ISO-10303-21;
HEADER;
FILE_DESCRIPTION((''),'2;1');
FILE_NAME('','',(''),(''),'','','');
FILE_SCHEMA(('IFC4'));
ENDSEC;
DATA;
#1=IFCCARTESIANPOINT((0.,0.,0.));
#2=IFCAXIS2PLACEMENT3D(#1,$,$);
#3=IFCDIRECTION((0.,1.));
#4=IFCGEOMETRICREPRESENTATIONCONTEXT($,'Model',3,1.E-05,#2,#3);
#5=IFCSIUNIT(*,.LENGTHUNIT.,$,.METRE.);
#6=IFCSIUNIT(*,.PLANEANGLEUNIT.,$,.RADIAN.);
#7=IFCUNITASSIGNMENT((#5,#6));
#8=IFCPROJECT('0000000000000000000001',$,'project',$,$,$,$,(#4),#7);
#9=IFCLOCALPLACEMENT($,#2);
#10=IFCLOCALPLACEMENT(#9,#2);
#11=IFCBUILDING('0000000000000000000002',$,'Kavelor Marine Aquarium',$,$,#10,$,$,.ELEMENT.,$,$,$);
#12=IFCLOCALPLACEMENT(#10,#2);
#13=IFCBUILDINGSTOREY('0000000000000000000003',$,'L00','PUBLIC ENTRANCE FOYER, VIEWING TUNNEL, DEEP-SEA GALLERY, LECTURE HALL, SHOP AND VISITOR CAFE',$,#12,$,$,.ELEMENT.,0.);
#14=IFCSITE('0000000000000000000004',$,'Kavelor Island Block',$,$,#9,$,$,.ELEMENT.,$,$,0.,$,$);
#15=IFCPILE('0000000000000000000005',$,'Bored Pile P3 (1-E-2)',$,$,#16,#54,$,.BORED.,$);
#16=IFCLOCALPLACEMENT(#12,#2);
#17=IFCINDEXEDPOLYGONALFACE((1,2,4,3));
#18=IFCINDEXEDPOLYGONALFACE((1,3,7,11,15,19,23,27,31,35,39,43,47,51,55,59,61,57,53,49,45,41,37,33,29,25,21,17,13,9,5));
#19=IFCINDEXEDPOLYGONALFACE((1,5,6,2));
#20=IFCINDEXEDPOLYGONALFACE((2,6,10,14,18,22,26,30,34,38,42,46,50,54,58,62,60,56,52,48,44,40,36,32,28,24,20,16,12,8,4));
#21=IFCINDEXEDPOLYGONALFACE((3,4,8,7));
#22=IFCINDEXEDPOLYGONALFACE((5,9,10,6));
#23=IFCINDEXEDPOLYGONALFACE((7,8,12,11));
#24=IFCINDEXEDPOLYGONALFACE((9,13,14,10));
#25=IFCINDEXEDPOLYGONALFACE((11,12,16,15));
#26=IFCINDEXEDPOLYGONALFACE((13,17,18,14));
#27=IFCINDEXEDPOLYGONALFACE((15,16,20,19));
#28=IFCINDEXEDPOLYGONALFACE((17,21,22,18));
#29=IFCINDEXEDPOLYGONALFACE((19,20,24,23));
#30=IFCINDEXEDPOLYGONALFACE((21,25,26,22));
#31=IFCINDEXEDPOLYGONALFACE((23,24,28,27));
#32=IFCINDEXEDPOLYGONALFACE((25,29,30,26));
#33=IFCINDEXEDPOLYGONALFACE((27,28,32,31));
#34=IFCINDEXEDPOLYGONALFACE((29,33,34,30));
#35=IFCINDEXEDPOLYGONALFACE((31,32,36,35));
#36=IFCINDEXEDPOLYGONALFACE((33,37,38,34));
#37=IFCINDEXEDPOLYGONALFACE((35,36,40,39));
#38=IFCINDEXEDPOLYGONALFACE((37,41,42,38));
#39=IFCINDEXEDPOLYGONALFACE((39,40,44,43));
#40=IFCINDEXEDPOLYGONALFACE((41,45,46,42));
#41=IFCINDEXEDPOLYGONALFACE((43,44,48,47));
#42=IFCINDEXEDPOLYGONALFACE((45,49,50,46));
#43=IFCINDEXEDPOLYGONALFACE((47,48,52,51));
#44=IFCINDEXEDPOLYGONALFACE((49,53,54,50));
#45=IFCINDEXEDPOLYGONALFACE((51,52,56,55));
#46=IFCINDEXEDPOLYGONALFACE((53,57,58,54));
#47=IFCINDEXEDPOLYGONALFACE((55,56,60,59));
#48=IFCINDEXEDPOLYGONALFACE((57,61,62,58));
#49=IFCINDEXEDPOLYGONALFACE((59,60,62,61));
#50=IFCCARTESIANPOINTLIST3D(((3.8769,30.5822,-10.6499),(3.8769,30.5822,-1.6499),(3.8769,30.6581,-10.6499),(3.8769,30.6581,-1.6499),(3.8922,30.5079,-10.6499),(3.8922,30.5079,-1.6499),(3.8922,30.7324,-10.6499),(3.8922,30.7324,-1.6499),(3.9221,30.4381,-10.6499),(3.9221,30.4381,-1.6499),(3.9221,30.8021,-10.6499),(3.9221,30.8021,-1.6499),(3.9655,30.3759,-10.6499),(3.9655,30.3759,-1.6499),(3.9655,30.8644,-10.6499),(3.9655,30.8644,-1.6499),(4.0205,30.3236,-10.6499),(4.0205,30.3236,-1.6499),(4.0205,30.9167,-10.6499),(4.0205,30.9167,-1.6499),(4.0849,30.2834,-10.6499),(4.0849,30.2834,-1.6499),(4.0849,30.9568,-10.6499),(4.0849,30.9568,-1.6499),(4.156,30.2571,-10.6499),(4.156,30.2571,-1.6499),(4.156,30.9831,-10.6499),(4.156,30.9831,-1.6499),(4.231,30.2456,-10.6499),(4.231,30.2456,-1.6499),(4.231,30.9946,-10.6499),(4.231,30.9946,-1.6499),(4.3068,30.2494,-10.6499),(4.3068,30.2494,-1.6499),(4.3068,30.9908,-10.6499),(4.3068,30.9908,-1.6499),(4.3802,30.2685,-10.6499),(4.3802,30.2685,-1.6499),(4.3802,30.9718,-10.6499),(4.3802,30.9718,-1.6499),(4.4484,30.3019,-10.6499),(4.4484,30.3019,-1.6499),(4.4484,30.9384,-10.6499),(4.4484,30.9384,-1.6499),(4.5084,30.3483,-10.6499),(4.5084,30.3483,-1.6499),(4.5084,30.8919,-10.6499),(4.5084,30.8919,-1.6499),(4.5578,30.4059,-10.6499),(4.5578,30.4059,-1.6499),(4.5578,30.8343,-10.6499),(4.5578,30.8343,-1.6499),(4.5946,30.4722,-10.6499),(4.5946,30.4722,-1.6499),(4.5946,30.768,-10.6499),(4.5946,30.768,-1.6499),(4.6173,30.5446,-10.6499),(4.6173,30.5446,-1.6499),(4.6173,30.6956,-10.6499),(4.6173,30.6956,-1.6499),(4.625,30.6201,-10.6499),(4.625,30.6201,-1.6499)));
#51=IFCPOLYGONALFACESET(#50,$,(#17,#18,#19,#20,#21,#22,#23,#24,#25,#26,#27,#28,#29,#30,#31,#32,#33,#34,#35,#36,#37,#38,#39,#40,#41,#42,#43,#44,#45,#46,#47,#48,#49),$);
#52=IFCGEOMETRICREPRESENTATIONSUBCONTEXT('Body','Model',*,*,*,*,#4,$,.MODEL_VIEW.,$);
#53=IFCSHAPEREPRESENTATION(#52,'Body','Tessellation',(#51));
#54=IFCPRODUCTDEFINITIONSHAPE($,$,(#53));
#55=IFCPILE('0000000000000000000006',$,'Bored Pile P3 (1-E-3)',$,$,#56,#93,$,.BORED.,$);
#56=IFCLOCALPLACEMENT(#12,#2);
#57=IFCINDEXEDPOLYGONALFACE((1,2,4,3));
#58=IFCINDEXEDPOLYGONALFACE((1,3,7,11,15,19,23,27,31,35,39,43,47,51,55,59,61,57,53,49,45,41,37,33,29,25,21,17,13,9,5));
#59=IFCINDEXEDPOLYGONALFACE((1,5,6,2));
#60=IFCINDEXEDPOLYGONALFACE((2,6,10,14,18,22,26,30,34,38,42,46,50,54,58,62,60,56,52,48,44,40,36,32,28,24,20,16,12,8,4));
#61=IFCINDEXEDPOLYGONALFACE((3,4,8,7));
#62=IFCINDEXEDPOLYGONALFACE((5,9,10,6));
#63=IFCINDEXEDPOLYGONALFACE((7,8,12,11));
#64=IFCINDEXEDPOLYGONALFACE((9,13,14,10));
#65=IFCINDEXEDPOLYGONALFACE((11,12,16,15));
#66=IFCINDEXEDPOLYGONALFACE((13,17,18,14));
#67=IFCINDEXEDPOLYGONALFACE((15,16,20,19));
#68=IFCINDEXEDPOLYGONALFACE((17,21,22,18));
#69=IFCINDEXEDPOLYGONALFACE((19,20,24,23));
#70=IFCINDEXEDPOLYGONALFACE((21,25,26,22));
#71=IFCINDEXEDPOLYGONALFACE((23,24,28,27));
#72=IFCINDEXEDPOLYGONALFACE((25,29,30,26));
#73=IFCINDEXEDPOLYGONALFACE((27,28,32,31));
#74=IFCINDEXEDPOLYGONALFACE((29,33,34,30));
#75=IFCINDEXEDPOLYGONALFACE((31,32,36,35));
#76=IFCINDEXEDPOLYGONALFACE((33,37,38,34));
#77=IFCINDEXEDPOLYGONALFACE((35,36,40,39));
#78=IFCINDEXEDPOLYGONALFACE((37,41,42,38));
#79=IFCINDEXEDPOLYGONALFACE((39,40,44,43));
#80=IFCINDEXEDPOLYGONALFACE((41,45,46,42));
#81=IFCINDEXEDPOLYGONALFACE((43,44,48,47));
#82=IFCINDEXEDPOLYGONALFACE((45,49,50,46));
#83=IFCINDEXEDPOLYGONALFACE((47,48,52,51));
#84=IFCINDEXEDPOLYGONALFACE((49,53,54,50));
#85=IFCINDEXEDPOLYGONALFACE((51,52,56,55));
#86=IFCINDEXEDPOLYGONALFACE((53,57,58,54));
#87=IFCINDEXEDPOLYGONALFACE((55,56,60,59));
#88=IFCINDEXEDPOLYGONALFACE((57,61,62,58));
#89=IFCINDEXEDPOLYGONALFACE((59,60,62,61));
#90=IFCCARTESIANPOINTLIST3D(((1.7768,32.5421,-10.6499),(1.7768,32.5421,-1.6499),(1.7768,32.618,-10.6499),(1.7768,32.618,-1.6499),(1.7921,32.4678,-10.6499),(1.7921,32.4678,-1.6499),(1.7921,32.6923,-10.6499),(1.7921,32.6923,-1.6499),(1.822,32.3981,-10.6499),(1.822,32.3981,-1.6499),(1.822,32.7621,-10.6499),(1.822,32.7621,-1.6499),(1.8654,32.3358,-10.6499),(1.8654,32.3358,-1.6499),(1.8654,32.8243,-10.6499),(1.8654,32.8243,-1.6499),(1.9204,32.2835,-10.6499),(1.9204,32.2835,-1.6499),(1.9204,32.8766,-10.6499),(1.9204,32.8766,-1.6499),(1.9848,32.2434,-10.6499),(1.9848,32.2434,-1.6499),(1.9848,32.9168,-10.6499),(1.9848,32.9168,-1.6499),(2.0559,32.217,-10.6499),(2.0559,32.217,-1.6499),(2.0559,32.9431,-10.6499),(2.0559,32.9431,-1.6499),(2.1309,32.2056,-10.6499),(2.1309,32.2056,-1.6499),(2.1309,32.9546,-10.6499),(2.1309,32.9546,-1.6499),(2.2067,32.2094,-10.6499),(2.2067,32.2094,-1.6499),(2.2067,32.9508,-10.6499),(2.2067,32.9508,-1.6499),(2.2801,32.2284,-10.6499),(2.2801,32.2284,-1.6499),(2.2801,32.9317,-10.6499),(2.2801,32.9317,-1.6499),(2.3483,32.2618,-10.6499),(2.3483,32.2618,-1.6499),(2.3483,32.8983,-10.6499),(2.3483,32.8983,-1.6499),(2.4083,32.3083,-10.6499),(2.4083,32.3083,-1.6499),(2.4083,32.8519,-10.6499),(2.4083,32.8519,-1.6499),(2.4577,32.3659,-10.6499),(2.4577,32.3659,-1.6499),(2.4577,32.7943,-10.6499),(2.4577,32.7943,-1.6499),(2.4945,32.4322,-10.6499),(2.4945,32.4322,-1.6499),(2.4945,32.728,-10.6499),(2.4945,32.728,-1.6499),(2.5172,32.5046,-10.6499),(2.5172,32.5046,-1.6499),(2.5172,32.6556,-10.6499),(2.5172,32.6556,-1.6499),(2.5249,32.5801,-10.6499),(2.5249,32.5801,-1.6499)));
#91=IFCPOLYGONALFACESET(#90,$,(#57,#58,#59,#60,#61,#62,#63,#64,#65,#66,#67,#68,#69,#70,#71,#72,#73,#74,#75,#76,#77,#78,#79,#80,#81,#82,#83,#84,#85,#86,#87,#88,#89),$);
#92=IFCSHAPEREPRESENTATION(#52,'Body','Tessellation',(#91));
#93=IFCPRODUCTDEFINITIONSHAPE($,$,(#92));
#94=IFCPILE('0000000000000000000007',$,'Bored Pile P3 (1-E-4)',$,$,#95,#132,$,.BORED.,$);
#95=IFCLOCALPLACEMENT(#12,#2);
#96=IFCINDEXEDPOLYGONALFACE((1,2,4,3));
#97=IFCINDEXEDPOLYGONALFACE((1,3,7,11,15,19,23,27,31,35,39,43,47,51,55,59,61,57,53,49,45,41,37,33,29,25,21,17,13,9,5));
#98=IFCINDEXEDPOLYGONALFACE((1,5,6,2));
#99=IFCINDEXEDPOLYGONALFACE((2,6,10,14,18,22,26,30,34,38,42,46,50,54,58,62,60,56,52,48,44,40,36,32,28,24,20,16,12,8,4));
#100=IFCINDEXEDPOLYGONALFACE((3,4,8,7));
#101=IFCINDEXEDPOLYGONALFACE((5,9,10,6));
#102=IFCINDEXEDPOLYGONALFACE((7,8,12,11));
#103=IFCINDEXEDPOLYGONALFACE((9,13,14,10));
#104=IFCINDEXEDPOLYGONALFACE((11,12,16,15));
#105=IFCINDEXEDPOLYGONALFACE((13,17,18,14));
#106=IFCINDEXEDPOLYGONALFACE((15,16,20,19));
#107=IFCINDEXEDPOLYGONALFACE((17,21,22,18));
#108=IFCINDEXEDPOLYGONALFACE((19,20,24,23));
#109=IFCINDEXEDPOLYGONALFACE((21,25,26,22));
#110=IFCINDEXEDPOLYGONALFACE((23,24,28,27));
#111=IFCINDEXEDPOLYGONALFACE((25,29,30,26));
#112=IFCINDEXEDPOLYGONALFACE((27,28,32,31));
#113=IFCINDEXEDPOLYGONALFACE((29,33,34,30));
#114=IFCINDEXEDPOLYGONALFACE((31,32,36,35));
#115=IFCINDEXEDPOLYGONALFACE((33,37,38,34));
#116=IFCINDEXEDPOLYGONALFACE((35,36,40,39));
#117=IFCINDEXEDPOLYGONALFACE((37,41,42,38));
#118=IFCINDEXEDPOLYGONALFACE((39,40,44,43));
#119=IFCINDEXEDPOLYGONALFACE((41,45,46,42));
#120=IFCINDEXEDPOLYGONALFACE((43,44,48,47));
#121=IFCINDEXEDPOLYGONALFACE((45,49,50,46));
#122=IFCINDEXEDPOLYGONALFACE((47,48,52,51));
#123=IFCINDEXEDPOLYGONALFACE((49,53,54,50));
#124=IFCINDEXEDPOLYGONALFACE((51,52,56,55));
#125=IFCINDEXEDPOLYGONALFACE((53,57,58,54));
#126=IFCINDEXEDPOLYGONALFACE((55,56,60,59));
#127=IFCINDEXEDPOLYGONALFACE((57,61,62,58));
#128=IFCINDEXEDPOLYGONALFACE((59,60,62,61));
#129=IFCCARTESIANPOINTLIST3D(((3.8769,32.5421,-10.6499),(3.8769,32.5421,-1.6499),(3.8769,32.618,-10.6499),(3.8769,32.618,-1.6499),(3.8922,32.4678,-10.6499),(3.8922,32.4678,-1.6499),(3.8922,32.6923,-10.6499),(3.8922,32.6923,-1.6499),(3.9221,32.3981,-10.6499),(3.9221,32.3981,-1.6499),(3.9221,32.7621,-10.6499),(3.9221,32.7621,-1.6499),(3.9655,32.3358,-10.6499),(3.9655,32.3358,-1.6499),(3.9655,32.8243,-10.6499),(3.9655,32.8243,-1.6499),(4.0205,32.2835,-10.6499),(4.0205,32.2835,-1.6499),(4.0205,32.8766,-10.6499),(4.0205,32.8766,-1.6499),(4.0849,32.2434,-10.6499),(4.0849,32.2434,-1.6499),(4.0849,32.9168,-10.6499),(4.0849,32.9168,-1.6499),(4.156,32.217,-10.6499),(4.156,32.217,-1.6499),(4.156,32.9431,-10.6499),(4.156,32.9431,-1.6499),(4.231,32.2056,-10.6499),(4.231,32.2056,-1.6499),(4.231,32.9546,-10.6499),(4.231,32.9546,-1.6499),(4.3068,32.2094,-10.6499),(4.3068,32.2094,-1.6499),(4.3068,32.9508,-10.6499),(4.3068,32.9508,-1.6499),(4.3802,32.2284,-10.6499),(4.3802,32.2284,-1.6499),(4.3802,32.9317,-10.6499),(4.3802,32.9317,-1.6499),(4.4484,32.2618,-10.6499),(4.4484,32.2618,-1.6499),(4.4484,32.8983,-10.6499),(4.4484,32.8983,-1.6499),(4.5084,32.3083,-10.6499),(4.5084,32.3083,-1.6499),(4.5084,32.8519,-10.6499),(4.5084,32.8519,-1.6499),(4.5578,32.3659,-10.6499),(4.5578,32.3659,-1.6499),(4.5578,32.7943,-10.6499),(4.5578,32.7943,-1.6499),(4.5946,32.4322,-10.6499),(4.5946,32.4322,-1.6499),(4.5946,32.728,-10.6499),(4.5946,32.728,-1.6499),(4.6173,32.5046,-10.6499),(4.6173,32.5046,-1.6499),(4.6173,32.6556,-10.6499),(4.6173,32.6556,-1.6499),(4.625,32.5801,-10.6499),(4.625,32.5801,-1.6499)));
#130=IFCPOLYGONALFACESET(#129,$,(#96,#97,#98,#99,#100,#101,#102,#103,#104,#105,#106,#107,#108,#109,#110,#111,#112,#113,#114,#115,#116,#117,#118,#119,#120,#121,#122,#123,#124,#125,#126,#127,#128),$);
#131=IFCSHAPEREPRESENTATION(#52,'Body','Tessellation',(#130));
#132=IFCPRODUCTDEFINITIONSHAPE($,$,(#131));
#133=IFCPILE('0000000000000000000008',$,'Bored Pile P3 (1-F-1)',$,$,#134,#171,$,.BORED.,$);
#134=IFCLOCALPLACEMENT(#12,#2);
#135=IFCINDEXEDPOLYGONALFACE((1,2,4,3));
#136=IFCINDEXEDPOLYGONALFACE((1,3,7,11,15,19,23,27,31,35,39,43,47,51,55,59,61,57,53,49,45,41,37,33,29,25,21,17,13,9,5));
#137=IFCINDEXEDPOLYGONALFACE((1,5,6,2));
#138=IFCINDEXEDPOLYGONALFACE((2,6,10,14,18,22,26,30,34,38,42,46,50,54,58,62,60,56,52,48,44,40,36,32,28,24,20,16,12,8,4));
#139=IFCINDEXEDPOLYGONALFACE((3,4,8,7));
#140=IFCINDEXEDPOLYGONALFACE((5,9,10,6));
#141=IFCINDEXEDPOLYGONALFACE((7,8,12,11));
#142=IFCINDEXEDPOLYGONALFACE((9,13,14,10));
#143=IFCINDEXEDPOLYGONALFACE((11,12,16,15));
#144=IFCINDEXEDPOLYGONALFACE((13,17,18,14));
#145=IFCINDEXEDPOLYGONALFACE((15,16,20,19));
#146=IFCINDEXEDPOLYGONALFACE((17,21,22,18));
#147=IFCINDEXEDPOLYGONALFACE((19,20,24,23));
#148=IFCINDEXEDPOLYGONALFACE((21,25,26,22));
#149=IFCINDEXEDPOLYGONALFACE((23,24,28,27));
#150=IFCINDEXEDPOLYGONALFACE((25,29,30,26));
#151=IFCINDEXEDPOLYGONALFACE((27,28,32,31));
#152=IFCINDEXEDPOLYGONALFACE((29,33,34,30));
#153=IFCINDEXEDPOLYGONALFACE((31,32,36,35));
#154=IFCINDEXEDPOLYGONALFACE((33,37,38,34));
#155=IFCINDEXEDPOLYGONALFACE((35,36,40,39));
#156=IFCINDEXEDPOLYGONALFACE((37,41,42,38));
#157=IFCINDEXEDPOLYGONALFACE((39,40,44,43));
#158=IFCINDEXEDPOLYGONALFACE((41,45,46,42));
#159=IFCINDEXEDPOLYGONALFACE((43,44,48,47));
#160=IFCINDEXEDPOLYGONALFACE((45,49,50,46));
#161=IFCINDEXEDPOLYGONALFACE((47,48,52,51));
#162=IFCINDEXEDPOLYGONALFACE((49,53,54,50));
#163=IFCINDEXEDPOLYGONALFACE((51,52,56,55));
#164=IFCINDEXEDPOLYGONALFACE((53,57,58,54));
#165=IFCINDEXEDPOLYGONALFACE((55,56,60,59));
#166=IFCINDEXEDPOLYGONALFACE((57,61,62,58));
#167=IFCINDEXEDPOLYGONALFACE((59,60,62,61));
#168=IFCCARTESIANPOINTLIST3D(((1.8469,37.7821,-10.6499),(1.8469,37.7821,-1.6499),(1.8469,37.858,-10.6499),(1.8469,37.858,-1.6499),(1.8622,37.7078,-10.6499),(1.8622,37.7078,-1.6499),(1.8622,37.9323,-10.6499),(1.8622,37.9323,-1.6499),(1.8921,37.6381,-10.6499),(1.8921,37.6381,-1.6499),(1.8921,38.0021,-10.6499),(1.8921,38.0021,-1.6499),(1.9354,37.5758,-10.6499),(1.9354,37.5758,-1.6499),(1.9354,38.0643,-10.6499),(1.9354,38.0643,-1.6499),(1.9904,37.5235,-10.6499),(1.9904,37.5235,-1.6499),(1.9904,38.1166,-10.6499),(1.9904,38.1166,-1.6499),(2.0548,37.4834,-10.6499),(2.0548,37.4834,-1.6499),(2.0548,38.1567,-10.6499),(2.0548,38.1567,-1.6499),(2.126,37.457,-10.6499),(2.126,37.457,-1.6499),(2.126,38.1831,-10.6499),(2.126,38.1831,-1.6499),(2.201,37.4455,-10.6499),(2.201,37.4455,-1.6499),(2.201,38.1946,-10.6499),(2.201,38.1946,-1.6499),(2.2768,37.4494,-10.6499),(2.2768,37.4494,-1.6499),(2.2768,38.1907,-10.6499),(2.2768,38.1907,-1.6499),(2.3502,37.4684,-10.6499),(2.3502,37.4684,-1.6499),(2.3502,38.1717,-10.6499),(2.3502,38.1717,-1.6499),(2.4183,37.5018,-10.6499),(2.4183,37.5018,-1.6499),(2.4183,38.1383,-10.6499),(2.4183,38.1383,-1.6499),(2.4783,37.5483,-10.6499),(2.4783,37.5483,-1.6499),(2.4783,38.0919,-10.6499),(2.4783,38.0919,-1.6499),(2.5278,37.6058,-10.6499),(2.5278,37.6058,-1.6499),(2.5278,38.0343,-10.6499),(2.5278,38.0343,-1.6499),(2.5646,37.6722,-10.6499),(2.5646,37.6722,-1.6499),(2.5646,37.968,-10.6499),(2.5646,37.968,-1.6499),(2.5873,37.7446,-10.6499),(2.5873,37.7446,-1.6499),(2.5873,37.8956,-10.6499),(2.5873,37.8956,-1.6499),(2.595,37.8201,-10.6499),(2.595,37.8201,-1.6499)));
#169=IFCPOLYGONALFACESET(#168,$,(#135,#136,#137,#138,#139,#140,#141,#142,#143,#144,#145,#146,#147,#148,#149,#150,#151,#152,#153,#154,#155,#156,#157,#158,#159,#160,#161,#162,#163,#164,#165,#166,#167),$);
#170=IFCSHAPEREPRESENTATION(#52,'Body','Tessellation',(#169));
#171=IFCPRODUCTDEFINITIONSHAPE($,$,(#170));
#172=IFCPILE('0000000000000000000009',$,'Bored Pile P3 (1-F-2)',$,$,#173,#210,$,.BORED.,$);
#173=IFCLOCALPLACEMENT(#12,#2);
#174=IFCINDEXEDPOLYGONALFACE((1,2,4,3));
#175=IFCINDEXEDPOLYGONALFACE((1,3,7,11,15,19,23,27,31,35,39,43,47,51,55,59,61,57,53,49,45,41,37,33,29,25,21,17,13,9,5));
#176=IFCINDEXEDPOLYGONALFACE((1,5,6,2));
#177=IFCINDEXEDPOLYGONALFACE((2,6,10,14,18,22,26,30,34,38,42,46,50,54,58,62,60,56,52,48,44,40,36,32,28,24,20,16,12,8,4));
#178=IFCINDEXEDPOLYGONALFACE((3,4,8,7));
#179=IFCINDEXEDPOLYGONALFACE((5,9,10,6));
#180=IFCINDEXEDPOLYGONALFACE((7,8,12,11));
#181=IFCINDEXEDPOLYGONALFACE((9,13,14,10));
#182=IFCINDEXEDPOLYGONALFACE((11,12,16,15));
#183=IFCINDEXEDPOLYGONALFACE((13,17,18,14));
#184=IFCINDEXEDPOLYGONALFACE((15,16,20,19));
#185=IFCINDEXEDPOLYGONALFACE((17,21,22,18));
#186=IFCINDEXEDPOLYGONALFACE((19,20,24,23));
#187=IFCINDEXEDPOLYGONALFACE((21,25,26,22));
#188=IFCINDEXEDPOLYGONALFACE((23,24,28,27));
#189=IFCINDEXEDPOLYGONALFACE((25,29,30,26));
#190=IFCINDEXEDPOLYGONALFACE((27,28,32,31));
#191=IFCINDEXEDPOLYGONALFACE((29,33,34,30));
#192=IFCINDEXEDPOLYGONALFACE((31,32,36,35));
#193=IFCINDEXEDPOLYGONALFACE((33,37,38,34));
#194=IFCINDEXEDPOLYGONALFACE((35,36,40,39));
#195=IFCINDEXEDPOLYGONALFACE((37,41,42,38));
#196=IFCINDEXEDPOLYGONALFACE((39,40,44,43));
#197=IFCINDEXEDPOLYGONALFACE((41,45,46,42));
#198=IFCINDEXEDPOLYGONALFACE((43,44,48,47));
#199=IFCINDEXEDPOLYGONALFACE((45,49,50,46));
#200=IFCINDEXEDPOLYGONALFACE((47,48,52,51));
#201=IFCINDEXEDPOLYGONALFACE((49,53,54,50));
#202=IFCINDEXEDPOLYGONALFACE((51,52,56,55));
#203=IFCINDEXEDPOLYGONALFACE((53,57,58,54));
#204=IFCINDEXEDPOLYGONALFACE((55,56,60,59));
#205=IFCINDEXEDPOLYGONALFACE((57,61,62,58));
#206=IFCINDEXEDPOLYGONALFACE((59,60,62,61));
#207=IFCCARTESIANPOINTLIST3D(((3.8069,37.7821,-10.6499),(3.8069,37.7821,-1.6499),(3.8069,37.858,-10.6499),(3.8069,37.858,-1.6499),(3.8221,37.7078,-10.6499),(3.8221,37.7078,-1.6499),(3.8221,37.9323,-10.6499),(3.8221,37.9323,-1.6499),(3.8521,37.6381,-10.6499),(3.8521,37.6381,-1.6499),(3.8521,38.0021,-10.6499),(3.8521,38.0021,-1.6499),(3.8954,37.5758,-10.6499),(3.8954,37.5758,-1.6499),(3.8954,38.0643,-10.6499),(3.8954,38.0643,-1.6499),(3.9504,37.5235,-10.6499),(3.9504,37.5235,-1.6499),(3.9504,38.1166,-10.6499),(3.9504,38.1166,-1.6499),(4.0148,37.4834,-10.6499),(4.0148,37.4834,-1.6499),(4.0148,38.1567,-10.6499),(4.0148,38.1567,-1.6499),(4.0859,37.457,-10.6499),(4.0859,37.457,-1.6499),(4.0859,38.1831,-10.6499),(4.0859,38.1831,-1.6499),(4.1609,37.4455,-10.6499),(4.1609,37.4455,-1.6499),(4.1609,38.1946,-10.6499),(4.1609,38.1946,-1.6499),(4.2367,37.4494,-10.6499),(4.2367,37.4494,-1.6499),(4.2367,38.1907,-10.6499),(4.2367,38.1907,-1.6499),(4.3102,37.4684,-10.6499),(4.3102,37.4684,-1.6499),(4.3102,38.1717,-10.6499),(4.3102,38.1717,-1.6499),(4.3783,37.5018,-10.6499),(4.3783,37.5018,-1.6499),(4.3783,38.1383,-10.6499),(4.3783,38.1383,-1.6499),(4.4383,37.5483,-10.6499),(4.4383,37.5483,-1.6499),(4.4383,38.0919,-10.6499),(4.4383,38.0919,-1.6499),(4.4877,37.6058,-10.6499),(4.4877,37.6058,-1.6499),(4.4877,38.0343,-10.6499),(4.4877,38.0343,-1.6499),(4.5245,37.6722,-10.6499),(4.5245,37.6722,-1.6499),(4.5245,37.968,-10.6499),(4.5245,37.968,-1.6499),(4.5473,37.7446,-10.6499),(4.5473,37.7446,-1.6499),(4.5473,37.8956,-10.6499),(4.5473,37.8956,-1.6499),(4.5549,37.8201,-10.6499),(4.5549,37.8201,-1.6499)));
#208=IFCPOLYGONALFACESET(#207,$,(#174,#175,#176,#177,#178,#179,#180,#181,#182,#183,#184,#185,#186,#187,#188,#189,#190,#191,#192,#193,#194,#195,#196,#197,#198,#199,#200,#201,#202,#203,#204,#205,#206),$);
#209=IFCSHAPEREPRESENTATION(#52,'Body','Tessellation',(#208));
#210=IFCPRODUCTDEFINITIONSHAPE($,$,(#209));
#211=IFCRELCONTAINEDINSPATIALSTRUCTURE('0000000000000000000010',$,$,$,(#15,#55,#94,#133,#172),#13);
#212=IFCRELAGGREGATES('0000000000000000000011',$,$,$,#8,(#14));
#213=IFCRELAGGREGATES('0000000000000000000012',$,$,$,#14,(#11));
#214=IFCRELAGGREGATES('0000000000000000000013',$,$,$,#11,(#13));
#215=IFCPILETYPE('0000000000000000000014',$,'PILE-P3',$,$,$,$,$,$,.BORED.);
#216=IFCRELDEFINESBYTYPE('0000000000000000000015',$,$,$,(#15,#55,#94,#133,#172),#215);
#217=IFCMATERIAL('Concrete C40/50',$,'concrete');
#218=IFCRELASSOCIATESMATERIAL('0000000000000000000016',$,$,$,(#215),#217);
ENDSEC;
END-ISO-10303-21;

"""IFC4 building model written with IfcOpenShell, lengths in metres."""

from ifc_helpers import new_model, si_unit, direction, frame, origin, origin_2d, place, context, subcontext, project, spatial, circle, extrude, material, material_profile, profile_set, type_object, element, save


model = new_model("IFC4")

# Units and contexts
model_context = context("Model", 3, precision=1e-05, world=origin(), true_north=direction((0.0, 1.0)))
body_context = subcontext(model_context, "Body", "Model", "MODEL_VIEW")
ifc_project = project(units=[si_unit("LENGTHUNIT", "METRE"), si_unit("PLANEANGLEUNIT", "RADIAN")], contexts=[model_context])

# Site, building, storey
site_placement = place(None, origin())
site = spatial("IfcSite", under=ifc_project, at=site_placement, Name="Kavelor Island Block", CompositionType="ELEMENT", RefElevation=0.0)
building_placement = place(site_placement, origin())
building = spatial("IfcBuilding", under=site, at=building_placement, Name="Kavelor Marine Aquarium", CompositionType="ELEMENT")
storey_placement = place(building_placement, origin())
storey = spatial("IfcBuildingStorey", under=building, at=storey_placement, Name="L00", Description="PUBLIC ENTRANCE FOYER, VIEWING TUNNEL, DEEP-SEA GALLERY, LECTURE HALL, SHOP AND VISITOR CAFE", CompositionType="ELEMENT", Elevation=0.0)

# Piles
ifc_material_1 = material(Name="Concrete C40/50", Category="concrete")
ifc_material_profile_1 = material_profile(ifc_material_1, circle(Radius=0.375, at=origin_2d()), Name="PILE D750")
ifc_profile_set_1 = profile_set([ifc_material_profile_1], Name="Concrete C40/50")
pile_type_1 = type_object("IfcPileType", Name="PILE-P3", PredefinedType="BORED", material=ifc_profile_set_1)
for number, where, z_axis, x_axis, name in (
    (1, (4.25, 30.6201, -1.6499), (0.0, 0.0, -1.0), (1.0, 0.0, 0.0), "Bored Pile P3 (1-E-2)"),
    (2, (2.1499, 32.5801, -1.6499), (0.0, 0.0, -1.0), (1.0, 0.0, 0.0), "Bored Pile P3 (1-E-3)"),
    (3, (4.25, 32.5801, -1.6499), (0.0, 0.0, -1.0), (1.0, 0.0, 0.0), "Bored Pile P3 (1-E-4)"),
    (4, (2.22, 37.8201, -1.6499), (0.0, 0.0, -1.0), (1.0, 0.0, 0.0), "Bored Pile P3 (1-F-1)"),
    (5, (4.1799, 37.8201, -1.6499), (0.0, 0.0, -1.0), (1.0, 0.0, 0.0), "Bored Pile P3 (1-F-2)"),
):
    element("IfcPile", number, at=place(storey_placement, frame(where, z_axis=z_axis, x_axis=x_axis)), inside=storey, type_object=pile_type_1, Name=name, PredefinedType="BORED", context=body_context, shape_type="SweptSolid", body=[
        extrude(circle(Radius=0.375, at=origin_2d()), origin(), (0.0, 0.0, 1.0), 9.0),
    ])

save(model, "model.ifc")
